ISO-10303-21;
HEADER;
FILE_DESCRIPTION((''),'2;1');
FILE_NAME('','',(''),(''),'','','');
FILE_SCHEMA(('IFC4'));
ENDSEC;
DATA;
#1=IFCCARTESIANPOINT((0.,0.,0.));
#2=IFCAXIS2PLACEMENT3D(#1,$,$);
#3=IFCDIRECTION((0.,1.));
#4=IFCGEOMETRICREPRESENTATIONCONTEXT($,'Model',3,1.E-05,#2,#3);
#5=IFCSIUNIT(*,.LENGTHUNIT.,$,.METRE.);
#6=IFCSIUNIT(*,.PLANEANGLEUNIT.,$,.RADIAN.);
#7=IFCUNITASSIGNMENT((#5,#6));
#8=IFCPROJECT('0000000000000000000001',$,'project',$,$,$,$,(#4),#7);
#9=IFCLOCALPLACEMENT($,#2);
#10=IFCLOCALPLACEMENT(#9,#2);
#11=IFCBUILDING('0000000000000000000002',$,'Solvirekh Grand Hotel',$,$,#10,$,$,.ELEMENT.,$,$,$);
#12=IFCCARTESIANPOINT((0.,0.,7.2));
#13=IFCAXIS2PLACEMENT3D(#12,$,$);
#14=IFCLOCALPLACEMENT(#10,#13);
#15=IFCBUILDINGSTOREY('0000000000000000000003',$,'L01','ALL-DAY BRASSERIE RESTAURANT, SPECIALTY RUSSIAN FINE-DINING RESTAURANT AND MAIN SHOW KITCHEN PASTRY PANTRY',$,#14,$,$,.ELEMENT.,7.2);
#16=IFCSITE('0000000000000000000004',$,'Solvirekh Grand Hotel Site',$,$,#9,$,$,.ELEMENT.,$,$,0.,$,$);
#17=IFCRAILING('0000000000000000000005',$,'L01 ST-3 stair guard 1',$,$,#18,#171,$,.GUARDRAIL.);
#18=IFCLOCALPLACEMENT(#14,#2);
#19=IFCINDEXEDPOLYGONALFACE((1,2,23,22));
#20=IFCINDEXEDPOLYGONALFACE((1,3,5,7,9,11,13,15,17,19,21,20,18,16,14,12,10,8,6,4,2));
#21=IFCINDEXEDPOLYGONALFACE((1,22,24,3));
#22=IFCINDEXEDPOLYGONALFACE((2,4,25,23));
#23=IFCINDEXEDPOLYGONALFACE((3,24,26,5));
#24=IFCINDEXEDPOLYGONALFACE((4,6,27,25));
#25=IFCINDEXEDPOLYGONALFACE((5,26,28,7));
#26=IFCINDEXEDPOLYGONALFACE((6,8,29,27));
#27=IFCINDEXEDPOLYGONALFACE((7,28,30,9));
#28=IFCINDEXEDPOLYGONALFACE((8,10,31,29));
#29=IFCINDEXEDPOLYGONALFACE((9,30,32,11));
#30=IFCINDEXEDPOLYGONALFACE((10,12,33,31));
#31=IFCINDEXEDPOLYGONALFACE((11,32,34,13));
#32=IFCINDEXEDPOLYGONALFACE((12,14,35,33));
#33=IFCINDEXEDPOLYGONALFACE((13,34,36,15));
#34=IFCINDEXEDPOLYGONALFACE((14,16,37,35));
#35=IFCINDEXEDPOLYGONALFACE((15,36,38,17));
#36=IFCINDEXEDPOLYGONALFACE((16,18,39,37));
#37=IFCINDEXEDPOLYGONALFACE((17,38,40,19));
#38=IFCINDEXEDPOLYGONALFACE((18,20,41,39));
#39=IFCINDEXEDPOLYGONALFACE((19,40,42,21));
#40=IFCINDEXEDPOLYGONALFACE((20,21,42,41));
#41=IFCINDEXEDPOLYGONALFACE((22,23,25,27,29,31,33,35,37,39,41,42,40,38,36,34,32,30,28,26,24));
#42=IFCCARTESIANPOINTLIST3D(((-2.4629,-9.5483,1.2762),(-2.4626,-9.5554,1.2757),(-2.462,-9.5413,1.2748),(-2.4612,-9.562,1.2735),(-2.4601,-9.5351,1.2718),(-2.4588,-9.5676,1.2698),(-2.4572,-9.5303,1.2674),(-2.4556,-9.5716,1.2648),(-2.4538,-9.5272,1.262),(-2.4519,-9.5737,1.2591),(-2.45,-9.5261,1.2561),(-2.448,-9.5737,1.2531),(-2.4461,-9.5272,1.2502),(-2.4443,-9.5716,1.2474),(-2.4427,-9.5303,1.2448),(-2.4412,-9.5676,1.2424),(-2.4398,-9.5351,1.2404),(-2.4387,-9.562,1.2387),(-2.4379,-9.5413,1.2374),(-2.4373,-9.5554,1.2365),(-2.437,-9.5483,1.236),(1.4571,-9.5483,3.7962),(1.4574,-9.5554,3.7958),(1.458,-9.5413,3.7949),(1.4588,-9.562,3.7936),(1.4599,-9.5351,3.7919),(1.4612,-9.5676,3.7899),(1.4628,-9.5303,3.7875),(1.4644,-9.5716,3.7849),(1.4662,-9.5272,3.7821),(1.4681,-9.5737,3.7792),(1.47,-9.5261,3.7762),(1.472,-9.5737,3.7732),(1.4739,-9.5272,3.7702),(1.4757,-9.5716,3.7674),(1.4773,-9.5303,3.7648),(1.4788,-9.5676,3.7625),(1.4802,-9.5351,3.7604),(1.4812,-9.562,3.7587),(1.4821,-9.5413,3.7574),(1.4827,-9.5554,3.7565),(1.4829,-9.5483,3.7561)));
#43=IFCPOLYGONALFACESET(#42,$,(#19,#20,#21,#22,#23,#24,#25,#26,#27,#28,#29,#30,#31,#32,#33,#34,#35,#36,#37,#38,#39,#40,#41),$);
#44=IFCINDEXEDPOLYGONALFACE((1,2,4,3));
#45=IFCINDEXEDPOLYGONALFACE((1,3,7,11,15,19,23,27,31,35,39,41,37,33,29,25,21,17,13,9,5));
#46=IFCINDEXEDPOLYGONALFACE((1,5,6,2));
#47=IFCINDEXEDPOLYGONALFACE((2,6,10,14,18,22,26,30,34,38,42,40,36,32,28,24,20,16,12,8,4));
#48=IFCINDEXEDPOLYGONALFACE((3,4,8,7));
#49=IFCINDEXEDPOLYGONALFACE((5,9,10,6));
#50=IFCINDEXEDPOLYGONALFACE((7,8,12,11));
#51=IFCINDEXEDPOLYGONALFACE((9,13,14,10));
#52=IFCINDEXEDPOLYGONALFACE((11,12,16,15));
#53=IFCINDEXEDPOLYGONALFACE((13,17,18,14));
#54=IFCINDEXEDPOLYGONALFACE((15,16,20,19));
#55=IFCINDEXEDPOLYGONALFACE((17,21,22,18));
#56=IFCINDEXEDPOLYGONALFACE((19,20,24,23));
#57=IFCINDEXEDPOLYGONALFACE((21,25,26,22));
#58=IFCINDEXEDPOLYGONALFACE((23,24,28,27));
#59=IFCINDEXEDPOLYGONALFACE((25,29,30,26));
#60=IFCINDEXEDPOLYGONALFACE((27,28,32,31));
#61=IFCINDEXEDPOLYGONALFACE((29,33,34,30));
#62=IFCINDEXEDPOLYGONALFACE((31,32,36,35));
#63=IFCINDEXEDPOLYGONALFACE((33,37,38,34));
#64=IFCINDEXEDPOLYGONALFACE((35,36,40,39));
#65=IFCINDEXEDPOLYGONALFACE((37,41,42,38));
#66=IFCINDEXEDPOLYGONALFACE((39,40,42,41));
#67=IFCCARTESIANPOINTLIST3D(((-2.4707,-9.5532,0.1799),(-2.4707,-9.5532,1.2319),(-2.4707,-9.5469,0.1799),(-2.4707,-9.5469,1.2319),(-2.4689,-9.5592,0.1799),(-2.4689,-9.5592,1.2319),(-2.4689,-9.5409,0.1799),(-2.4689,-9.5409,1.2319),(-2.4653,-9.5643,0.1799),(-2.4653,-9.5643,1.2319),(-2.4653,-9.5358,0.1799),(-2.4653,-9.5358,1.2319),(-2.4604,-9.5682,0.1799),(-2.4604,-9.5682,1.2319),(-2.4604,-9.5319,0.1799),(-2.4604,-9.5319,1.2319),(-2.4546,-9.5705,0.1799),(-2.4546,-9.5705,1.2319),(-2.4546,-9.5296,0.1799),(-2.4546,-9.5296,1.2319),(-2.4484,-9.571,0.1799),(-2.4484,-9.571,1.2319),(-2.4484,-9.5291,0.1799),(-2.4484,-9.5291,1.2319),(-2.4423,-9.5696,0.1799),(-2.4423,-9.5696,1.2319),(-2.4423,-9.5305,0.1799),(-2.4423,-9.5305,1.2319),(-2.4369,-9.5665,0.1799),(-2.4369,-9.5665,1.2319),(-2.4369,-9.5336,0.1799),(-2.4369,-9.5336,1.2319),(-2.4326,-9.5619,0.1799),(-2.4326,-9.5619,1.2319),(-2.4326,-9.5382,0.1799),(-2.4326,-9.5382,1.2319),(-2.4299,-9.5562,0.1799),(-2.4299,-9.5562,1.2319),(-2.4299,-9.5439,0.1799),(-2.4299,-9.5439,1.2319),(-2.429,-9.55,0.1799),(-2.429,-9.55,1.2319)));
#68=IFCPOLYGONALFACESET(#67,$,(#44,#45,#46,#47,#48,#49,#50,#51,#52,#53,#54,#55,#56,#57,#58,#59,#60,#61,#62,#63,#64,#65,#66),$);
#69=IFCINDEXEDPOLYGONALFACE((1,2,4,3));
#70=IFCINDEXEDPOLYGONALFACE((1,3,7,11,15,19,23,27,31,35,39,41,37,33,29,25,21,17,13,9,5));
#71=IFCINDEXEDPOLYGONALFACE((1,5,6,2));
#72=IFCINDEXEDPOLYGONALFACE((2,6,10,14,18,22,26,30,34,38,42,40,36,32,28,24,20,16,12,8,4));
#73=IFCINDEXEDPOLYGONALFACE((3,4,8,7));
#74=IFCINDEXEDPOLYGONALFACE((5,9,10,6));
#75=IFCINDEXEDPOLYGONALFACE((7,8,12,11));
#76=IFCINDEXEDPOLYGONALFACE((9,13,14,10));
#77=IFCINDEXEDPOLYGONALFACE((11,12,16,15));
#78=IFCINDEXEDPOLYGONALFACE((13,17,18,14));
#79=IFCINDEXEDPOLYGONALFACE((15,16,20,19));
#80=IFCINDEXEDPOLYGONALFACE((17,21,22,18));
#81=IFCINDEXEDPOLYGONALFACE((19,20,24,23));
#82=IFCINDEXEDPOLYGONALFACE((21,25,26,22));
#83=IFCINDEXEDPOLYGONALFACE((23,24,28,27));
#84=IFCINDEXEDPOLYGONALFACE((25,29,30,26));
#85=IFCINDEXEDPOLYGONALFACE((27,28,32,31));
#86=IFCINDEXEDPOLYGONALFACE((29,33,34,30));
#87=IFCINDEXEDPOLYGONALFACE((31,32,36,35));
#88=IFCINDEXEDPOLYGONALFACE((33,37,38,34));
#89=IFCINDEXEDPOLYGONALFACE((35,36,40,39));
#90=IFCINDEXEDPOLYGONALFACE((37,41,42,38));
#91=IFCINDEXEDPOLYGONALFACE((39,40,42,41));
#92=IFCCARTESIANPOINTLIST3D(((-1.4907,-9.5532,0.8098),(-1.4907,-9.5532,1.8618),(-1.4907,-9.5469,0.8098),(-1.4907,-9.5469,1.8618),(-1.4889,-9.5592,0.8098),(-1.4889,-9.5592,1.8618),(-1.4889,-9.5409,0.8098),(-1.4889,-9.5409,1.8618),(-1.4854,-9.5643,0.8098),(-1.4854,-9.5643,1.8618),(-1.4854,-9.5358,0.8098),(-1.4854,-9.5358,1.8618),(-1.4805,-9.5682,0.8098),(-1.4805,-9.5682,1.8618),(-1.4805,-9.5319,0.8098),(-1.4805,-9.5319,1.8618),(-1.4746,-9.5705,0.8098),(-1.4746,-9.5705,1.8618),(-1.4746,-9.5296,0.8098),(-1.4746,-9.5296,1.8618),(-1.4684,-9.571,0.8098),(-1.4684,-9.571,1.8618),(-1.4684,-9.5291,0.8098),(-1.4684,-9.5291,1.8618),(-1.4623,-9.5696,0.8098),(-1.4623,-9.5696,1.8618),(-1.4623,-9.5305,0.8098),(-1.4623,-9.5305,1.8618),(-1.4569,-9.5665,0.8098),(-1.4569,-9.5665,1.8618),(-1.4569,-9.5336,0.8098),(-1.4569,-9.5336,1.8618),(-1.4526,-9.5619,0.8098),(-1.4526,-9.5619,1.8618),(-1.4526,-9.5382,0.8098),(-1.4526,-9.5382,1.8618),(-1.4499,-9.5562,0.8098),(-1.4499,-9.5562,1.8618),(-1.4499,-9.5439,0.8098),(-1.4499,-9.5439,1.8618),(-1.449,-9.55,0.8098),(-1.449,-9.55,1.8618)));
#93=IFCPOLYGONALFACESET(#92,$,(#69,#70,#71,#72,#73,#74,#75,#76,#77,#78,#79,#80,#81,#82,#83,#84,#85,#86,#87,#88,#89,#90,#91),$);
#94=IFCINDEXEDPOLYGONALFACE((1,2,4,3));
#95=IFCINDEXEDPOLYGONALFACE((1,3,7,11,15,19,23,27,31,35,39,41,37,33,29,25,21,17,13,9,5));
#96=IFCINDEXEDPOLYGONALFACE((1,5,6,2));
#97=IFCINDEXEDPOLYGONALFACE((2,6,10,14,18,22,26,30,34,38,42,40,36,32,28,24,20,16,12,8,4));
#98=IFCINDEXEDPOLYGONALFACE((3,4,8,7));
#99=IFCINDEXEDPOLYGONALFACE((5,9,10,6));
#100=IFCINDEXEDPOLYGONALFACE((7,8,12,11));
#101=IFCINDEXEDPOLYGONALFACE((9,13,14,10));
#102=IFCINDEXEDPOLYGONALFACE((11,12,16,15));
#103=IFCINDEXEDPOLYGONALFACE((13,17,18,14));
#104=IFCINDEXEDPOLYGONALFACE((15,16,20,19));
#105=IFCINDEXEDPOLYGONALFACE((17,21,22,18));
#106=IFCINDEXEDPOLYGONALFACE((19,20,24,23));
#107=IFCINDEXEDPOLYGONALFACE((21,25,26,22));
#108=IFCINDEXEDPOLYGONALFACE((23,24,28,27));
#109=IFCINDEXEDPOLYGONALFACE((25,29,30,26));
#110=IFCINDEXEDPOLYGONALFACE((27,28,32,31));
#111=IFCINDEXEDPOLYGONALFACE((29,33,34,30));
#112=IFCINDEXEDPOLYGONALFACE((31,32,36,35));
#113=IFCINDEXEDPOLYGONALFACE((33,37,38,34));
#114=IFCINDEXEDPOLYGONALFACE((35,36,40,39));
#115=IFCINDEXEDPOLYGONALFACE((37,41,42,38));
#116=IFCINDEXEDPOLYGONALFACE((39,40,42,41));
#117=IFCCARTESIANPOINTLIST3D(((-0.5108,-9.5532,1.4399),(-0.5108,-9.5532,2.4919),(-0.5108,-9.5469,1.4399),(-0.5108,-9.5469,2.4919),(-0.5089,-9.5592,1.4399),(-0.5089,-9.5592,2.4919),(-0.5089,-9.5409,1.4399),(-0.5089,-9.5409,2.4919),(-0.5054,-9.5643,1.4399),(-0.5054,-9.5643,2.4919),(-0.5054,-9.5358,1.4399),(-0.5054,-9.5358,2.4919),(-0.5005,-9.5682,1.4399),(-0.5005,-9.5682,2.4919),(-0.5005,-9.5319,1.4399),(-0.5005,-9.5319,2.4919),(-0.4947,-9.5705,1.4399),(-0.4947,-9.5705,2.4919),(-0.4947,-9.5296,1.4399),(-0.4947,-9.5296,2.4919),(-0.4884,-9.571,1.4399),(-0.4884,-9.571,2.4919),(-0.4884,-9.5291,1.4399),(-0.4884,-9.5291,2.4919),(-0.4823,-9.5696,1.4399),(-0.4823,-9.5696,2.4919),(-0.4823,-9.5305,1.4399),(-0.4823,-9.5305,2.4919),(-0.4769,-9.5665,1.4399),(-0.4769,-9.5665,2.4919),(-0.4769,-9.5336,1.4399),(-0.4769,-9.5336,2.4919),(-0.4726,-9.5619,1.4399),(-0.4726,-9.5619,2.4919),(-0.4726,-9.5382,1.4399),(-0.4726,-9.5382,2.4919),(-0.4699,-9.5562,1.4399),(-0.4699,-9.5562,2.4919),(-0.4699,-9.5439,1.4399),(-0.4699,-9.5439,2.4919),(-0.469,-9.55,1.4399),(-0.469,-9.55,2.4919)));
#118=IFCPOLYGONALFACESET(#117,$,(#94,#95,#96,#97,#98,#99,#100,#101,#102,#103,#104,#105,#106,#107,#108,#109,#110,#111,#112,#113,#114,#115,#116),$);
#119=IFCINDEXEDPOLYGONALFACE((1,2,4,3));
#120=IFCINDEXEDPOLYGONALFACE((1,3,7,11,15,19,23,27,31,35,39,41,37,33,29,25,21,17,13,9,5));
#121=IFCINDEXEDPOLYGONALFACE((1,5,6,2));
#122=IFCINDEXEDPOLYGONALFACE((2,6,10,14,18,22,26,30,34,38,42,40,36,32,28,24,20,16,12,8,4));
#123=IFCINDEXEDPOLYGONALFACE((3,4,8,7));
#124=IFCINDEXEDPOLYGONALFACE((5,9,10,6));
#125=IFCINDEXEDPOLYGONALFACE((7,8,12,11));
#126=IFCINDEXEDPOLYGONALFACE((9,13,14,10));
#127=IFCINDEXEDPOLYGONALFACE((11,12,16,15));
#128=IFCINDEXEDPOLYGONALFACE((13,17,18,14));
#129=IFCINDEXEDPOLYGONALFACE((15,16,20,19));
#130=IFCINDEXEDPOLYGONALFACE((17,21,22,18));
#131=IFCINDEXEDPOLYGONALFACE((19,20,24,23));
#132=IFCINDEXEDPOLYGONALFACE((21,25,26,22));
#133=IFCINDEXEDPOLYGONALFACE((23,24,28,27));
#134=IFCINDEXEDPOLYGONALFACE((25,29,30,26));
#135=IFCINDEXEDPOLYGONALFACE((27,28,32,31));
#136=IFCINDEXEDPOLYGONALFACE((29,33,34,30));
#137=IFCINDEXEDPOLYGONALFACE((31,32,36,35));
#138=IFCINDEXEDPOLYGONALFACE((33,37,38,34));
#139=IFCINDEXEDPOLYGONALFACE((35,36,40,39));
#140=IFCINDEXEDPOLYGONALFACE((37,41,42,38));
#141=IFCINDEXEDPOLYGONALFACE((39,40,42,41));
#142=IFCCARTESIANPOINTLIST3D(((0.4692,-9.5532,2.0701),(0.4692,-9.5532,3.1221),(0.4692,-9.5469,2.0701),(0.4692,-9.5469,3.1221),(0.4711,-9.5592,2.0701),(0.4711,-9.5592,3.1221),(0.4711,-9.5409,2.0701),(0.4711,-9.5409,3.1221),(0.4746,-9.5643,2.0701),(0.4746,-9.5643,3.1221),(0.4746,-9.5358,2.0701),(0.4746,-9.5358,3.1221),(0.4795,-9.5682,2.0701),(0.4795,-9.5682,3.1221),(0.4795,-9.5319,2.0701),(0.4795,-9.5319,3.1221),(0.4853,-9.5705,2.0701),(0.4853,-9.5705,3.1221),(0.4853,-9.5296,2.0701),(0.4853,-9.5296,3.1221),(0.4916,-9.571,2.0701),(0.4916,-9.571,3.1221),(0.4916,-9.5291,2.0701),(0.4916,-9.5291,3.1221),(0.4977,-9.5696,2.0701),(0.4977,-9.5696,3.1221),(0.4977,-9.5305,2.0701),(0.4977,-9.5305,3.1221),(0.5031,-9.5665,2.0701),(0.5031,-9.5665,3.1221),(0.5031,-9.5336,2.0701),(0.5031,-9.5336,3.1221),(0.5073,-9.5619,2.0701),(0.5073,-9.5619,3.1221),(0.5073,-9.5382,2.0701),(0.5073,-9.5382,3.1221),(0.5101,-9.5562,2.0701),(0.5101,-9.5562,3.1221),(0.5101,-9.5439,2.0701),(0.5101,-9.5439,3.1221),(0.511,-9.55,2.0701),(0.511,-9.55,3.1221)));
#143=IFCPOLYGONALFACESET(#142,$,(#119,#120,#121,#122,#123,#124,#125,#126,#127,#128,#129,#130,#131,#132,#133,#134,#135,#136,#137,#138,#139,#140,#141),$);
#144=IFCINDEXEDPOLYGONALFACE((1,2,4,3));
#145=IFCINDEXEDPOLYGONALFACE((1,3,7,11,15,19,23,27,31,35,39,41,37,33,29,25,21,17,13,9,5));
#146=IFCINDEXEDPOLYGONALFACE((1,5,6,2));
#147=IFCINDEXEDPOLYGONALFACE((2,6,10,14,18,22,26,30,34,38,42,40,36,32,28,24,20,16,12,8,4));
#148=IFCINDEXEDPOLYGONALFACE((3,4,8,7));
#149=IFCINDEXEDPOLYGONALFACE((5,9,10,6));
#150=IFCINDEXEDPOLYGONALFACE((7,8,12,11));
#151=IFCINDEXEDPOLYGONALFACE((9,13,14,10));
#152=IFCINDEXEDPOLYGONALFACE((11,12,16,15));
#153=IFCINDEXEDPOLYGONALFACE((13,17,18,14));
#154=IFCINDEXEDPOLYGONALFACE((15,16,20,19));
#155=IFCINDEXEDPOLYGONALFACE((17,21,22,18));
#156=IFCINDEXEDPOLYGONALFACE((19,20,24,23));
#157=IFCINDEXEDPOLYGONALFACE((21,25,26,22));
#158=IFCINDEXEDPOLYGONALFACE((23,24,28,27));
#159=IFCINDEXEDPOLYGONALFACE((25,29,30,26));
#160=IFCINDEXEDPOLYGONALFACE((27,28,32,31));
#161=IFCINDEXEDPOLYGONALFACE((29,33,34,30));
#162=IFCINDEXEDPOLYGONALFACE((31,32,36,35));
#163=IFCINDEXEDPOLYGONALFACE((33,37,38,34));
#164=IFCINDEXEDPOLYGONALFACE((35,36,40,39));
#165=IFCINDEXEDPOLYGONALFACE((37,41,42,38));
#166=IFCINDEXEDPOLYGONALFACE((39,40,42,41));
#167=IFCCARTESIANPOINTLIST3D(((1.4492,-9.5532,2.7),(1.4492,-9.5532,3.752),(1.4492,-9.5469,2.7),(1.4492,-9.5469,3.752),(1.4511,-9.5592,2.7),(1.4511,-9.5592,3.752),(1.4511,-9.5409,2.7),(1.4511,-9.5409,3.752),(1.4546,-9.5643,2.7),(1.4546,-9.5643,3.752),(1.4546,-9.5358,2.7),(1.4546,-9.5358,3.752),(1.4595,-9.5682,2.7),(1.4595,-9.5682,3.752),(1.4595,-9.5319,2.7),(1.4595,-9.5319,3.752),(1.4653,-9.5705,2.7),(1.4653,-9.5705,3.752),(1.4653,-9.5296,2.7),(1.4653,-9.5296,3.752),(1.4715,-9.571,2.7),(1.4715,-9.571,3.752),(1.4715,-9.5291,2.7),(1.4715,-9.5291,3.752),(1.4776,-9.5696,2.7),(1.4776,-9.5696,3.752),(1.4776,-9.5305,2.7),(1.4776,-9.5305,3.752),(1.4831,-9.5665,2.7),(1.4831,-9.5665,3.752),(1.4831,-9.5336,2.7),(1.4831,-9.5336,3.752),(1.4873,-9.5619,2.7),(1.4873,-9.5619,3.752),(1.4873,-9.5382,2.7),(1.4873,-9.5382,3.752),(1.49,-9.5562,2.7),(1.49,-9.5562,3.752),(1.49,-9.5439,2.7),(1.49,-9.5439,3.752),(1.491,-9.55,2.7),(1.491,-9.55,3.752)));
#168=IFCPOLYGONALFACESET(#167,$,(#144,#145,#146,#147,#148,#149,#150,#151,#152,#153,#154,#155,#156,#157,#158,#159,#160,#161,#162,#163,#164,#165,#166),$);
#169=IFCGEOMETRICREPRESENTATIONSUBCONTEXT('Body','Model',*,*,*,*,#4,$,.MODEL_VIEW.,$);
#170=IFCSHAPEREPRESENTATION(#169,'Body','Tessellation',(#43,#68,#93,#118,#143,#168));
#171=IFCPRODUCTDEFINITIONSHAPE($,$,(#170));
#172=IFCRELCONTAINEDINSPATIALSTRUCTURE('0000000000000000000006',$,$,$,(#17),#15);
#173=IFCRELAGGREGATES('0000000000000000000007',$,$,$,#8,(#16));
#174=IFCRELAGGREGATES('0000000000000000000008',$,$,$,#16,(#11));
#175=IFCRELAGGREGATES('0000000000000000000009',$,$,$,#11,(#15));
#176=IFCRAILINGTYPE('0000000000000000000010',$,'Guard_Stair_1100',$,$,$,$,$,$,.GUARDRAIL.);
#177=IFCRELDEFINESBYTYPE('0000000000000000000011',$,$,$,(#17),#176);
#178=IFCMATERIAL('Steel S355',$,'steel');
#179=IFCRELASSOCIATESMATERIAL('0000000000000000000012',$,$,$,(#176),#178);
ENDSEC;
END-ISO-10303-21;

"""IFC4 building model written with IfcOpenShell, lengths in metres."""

from ifc_helpers import new_model, si_unit, direction, frame, origin, origin_2d, place, context, subcontext, project, spatial, circle, extrude, material, type_object, element, save


model = new_model("IFC4")

# Units and contexts
model_context = context("Model", 3, precision=1e-05, world=origin(), true_north=direction((0.0, 1.0)))
body_context = subcontext(model_context, "Body", "Model", "MODEL_VIEW")
ifc_project = project(units=[si_unit("LENGTHUNIT", "METRE"), si_unit("PLANEANGLEUNIT", "RADIAN")], contexts=[model_context])

# Site, building, storey
site_placement = place(None, origin())
site = spatial("IfcSite", under=ifc_project, at=site_placement, Name="Solvirekh Grand Hotel Site", CompositionType="ELEMENT", RefElevation=0.0)
building_placement = place(site_placement, origin())
building = spatial("IfcBuilding", under=site, at=building_placement, Name="Solvirekh Grand Hotel", CompositionType="ELEMENT")
storey_placement = place(building_placement, frame((0.0, 0.0, 7.2)))
storey = spatial("IfcBuildingStorey", under=building, at=storey_placement, Name="L01", Description="ALL-DAY BRASSERIE RESTAURANT, SPECIALTY RUSSIAN FINE-DINING RESTAURANT AND MAIN SHOW KITCHEN PASTRY PANTRY", CompositionType="ELEMENT", Elevation=7.2)

# Shared definitions
ifc_material_1 = material(Name="Steel S355", Category="steel")

# Railing
railing_type_1 = type_object("IfcRailingType", Name="Guard_Stair_1100", PredefinedType="GUARDRAIL", material=ifc_material_1)
railing_1_placement = place(storey_placement, frame((-2.45, -9.55, 0.1799)))
element("IfcRailing", 1, at=railing_1_placement, inside=storey, type_object=railing_type_1, Name="L01 ST-3 stair guard 1", PredefinedType="GUARDRAIL", context=body_context, shape_type="SweptSolid", body=[
    extrude(circle(Radius=0.0239, at=origin_2d()), frame((0.0, 0.0, 1.0762), z_axis=(0.841172, 0.0, 0.540768), x_axis=(0.0, 1.0, 0.0)), (0.0, 0.0, 1.0), 4.6602),
    extrude(circle(Radius=0.021, at=origin_2d()), origin(), (0.0, 0.0, 1.0), 1.052),
    extrude(circle(Radius=0.021, at=origin_2d()), frame((0.98, 0.0, 0.6299)), (0.0, 0.0, 1.0), 1.052),
    extrude(circle(Radius=0.021, at=origin_2d()), frame((1.96, 0.0, 1.26)), (0.0, 0.0, 1.0), 1.052),
    extrude(circle(Radius=0.021, at=origin_2d()), frame((2.9399, 0.0, 1.8901)), (0.0, 0.0, 1.0), 1.052),
    extrude(circle(Radius=0.021, at=origin_2d()), frame((3.9199, 0.0, 2.52)), (0.0, 0.0, 1.0), 1.052),
])

save(model, "model.ifc")
